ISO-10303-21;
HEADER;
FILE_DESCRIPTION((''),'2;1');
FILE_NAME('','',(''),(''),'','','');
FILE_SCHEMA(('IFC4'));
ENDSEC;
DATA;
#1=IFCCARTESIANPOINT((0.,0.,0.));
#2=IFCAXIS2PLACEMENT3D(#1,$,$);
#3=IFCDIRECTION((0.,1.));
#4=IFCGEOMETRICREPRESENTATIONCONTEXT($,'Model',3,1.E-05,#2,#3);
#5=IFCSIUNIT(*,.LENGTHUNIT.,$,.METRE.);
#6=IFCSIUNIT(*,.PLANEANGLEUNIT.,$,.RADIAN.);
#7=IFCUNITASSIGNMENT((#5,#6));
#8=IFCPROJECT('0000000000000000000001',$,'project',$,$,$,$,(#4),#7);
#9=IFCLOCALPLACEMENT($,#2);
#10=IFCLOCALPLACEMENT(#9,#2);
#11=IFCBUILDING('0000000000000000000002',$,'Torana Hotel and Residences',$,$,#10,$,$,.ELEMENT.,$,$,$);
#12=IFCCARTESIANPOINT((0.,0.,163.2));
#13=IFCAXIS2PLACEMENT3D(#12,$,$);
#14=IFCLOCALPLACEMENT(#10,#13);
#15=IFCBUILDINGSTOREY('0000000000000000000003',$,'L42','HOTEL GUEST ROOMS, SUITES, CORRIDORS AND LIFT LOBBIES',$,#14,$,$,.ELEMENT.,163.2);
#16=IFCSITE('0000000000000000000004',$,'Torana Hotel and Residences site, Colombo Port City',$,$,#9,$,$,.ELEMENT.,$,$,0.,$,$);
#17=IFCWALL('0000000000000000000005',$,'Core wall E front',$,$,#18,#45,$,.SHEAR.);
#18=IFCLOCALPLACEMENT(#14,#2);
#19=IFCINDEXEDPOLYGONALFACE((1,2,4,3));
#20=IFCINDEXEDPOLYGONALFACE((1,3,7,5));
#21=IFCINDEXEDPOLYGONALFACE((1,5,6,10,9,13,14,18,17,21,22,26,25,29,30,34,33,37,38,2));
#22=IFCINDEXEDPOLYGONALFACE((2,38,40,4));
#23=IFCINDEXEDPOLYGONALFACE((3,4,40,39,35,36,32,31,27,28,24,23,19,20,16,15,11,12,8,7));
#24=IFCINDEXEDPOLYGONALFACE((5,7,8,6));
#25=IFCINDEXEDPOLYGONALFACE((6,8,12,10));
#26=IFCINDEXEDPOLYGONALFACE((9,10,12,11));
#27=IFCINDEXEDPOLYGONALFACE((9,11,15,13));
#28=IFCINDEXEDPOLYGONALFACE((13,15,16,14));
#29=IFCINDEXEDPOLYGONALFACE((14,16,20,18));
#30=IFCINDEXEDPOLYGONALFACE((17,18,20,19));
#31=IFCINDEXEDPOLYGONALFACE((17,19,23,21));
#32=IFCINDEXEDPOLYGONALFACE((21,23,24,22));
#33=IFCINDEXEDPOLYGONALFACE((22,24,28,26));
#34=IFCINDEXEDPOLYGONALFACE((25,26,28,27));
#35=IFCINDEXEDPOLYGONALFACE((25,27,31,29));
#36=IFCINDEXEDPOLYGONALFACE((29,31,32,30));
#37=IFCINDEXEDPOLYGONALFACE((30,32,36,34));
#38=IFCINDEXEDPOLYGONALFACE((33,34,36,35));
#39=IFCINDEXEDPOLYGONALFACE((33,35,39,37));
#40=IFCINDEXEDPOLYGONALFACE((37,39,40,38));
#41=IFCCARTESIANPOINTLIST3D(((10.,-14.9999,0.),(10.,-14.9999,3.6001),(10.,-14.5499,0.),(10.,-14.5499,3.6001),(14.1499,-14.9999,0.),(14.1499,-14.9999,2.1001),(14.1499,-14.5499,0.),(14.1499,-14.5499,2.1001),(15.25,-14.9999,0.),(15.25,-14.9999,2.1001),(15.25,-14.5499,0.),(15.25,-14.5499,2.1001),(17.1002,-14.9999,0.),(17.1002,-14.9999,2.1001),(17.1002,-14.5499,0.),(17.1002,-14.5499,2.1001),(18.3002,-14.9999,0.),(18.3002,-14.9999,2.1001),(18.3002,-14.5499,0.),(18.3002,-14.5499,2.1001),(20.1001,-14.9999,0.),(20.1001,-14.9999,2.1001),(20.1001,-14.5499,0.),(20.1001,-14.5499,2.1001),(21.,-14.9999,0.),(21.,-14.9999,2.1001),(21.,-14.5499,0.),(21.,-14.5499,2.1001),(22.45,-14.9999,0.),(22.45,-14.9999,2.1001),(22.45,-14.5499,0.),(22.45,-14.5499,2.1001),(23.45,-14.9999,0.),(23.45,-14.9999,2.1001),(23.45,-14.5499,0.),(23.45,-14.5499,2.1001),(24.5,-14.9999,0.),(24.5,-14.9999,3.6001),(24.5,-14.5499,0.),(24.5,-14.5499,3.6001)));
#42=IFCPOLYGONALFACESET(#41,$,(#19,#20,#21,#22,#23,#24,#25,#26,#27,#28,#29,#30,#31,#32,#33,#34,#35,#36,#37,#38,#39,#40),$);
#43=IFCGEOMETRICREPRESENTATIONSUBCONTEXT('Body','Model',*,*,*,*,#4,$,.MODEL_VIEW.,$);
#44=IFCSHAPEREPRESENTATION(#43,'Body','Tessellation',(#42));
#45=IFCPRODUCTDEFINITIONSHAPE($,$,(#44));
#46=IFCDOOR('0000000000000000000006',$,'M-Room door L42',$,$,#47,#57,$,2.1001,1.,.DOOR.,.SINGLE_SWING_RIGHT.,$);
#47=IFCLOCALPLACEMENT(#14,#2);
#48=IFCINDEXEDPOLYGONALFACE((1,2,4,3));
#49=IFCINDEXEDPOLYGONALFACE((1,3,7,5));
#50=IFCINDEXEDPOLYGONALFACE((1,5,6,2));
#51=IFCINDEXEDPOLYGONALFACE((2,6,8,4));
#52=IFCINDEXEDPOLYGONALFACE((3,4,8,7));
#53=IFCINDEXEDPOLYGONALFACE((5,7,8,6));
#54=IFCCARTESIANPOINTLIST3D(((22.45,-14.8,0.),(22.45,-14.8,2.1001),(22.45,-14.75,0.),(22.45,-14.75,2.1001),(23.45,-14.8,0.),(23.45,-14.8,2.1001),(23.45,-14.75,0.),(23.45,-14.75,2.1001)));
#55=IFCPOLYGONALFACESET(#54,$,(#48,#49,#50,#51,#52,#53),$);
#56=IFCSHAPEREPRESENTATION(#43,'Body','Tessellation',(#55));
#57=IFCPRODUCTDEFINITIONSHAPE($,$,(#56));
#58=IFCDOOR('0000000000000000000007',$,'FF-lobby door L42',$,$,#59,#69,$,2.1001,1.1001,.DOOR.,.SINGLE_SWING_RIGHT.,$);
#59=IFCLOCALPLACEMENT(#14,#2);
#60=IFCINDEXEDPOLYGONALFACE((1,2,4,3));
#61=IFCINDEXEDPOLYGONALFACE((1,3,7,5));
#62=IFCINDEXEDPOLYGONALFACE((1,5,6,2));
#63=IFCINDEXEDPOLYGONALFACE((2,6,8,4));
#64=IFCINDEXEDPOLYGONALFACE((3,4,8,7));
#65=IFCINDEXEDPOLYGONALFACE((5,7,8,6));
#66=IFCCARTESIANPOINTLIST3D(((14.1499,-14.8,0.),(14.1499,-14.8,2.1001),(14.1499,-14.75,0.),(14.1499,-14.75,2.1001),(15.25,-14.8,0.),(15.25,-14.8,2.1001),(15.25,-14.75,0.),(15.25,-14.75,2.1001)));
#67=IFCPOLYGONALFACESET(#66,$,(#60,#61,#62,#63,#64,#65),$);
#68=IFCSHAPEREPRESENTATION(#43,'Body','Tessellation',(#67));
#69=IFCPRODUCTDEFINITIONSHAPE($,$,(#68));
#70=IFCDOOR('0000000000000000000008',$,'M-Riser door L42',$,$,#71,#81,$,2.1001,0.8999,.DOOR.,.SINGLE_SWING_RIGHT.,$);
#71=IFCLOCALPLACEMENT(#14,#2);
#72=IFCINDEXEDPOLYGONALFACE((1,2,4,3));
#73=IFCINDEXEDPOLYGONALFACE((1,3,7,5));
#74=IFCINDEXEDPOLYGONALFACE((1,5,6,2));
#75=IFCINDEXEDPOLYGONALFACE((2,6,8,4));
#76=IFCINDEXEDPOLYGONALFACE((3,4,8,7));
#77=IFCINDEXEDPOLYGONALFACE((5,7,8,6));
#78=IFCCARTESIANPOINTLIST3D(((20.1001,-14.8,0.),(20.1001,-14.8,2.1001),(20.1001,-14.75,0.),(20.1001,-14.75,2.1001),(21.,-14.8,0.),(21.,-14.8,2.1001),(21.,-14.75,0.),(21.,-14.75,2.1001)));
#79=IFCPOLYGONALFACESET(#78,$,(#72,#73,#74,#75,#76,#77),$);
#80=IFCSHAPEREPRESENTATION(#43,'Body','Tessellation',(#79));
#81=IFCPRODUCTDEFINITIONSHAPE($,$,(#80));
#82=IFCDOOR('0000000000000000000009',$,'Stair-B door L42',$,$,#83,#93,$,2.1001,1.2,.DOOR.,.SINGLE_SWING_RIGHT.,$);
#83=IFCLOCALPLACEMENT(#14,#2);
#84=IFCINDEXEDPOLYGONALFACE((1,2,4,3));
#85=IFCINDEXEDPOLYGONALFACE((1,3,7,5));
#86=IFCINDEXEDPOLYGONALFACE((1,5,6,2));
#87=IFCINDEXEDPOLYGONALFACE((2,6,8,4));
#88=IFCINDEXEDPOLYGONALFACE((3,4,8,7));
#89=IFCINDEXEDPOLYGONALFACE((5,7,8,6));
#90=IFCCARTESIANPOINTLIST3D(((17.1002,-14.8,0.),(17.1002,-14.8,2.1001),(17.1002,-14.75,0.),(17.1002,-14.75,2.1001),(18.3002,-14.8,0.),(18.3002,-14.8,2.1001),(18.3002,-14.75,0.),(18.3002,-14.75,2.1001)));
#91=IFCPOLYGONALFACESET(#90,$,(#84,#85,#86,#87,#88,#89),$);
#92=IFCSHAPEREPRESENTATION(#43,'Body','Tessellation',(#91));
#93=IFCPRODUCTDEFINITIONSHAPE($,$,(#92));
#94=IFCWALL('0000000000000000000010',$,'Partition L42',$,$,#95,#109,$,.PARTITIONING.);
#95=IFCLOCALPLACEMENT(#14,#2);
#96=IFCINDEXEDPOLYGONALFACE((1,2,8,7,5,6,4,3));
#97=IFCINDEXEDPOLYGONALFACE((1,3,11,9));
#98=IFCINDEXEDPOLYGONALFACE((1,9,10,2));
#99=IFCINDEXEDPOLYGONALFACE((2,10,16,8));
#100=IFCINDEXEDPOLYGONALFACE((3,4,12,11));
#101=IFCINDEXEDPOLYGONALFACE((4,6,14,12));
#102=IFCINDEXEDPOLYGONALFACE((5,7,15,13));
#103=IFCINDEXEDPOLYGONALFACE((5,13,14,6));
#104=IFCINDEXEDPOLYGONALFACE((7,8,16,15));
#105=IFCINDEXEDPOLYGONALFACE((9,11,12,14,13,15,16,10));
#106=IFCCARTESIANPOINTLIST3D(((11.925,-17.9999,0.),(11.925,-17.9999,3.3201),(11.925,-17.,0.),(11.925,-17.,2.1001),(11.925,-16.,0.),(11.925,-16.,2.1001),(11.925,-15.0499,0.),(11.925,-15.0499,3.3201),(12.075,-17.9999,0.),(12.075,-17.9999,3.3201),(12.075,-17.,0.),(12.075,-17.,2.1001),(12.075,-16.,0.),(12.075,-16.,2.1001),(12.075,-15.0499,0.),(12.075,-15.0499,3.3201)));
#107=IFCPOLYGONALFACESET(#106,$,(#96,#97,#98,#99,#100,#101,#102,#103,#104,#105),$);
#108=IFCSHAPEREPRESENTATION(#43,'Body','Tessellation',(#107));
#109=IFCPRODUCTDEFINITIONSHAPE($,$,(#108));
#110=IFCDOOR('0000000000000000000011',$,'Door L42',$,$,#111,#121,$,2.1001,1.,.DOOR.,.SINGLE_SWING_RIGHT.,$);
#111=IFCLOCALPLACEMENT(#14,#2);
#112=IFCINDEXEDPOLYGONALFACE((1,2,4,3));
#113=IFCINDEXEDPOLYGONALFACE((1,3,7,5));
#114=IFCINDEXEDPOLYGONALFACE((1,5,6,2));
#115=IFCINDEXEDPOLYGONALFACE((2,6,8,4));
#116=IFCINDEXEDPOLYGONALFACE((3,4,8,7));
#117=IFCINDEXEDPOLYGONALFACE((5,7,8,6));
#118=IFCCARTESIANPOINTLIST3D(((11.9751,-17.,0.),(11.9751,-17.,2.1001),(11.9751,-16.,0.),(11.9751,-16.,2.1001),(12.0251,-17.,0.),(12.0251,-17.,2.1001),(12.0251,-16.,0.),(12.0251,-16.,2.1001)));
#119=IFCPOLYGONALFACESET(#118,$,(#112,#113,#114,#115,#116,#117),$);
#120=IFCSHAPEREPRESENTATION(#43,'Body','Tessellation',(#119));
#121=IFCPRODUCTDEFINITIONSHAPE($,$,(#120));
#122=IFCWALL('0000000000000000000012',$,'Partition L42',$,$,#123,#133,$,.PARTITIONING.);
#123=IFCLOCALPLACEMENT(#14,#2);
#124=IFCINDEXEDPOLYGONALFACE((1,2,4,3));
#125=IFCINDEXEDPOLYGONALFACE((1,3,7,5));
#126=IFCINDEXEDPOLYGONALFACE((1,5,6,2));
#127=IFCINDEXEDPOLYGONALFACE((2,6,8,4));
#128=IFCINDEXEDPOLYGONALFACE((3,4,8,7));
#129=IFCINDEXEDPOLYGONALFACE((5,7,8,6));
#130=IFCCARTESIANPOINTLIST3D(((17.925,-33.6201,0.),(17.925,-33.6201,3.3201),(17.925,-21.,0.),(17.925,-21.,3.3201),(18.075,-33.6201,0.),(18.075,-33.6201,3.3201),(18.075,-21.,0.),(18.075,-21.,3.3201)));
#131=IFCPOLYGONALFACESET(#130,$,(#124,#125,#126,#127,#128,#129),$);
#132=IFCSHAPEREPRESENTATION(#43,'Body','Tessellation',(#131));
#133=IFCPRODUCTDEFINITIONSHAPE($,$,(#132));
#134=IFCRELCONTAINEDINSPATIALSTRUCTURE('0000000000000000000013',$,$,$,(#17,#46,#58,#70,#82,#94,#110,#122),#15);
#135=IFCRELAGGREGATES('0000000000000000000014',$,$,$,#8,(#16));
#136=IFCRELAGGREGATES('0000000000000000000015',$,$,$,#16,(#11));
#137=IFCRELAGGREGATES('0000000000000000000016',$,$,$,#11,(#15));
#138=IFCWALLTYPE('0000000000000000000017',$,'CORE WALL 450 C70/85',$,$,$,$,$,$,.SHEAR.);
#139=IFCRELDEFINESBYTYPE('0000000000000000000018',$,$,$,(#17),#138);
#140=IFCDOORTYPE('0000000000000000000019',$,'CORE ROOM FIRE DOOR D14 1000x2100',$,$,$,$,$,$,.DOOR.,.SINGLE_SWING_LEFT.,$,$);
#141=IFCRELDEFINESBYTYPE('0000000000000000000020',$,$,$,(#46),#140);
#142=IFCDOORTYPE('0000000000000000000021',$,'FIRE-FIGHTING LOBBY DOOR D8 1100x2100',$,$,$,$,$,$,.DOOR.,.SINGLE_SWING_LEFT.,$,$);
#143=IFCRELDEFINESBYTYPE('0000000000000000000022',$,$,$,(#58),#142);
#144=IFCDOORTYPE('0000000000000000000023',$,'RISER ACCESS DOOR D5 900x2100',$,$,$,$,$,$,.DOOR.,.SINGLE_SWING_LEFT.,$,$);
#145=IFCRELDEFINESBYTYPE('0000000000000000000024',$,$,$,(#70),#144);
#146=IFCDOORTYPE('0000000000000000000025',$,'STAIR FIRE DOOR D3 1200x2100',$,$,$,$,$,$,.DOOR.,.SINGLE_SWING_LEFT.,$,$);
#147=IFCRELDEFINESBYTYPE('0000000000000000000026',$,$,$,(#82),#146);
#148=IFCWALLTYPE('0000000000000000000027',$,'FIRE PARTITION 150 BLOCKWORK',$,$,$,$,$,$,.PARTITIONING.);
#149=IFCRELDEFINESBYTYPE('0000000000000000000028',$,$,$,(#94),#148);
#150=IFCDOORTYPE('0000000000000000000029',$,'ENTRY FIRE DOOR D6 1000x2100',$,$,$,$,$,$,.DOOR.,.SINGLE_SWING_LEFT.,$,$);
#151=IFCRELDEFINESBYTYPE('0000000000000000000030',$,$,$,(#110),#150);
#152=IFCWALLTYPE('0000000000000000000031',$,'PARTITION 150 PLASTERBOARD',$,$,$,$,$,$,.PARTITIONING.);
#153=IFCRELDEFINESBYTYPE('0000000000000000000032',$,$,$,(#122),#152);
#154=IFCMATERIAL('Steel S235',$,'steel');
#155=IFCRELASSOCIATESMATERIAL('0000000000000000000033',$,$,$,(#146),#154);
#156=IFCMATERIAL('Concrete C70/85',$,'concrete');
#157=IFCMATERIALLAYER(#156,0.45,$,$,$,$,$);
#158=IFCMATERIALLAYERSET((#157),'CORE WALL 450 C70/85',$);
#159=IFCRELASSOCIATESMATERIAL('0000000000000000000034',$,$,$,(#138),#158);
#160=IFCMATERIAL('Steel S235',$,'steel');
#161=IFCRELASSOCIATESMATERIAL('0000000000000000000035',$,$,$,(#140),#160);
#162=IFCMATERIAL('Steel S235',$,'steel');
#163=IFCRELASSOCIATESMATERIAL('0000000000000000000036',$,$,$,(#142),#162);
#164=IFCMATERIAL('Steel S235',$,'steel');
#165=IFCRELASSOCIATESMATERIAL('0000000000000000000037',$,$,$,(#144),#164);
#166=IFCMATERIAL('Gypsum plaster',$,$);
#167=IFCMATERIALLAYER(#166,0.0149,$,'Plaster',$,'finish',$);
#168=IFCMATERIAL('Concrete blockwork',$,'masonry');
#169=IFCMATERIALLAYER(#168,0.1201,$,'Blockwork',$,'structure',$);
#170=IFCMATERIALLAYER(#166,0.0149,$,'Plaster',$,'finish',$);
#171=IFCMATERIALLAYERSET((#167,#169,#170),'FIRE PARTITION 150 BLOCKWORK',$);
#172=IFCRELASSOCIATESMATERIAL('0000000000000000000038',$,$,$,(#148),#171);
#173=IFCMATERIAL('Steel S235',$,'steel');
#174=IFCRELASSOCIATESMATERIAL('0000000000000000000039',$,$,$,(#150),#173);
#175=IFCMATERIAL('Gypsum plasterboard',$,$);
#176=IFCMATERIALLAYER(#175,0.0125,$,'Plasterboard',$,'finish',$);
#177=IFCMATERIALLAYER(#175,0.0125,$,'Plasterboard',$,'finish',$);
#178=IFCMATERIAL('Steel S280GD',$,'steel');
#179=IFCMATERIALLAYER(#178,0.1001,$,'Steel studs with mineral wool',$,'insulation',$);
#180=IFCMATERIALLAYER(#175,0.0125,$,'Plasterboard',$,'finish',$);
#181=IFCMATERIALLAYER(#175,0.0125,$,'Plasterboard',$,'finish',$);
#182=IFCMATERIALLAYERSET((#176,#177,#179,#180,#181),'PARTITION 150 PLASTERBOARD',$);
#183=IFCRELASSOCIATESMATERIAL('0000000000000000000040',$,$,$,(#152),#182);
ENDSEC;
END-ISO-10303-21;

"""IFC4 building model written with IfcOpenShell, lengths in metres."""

from ifc_helpers import new_model, si_unit, direction, frame, frame_2d, origin, place, context, subcontext, project, spatial, rectangle, extrude, material, layer, layer_set, type_object, element, fill, save


model = new_model("IFC4")

# Units and contexts
model_context = context("Model", 3, precision=1e-05, world=origin(), true_north=direction((0.0, 1.0)))
body_context = subcontext(model_context, "Body", "Model", "MODEL_VIEW")
ifc_project = project(units=[si_unit("LENGTHUNIT", "METRE"), si_unit("PLANEANGLEUNIT", "RADIAN")], contexts=[model_context])

# Site, building, storey
site_placement = place(None, origin())
site = spatial("IfcSite", under=ifc_project, at=site_placement, Name="Torana Hotel and Residences site, Colombo Port City", CompositionType="ELEMENT", RefElevation=0.0)
building_placement = place(site_placement, origin())
building = spatial("IfcBuilding", under=site, at=building_placement, Name="Torana Hotel and Residences", CompositionType="ELEMENT")
storey_placement = place(building_placement, frame((0.0, 0.0, 163.2)))
storey = spatial("IfcBuildingStorey", under=building, at=storey_placement, Name="L42", Description="HOTEL GUEST ROOMS, SUITES, CORRIDORS AND LIFT LOBBIES", CompositionType="ELEMENT", Elevation=163.2)

# Shared definitions
ifc_material_1 = material(Name="Steel S235", Category="steel")
door_type_1 = type_object("IfcDoorType", Name="STAIR FIRE DOOR D3 1200x2100", OperationType="SINGLE_SWING_LEFT", PredefinedType="DOOR", material=ifc_material_1)

# Wall, openings, doors
ifc_material_2 = material(Name="Concrete C70/85", Category="concrete")
ifc_layer_1 = layer(ifc_material_2, 0.45)
ifc_layer_set_1 = layer_set([ifc_layer_1], Name="CORE WALL 450 C70/85")
wall_type_1 = type_object("IfcWallType", Name="CORE WALL 450 C70/85", PredefinedType="SHEAR", material=ifc_layer_set_1)
wall_1_placement = place(storey_placement, frame((10.0, -14.7749, 0.0), z_axis=(0.0, 0.0, 1.0), x_axis=(1.0, 0.0, 0.0)))
wall_1 = element("IfcWall", 1, at=wall_1_placement, inside=storey, type_object=wall_type_1, Name="Core wall E front", PredefinedType="SHEAR", context=body_context, shape_type="SweptSolid", body=[
    extrude(rectangle(XDim=14.5, YDim=0.45, at=frame_2d((7.25, 0.0))), origin(), (0.0, 0.0, 1.0), 3.6001),
])
opening_1_placement = place(wall_1_placement, frame((7.1001, 0.0, 0.0)))
opening_1 = element("IfcOpeningElement", 2, at=opening_1_placement, cuts=wall_1, PredefinedType="OPENING", context=body_context, shape_type="SweptSolid", body=[
    extrude(rectangle(XDim=1.2, YDim=2.1001, at=frame_2d((0.6001, 1.05))), frame((0.0, 0.2349, 0.0), z_axis=(0.0, -1.0, 0.0), x_axis=(1.0, 0.0, 0.0)), (0.0, 0.0, 1.0), 0.47),
])
opening_2_placement = place(wall_1_placement, frame((4.1499, 0.0, 0.0)))
opening_2 = element("IfcOpeningElement", 3, at=opening_2_placement, cuts=wall_1, PredefinedType="OPENING", context=body_context, shape_type="SweptSolid", body=[
    extrude(rectangle(XDim=1.1001, YDim=2.1001, at=frame_2d((0.55, 1.05))), frame((0.0, 0.2349, 0.0), z_axis=(0.0, -1.0, 0.0), x_axis=(1.0, 0.0, 0.0)), (0.0, 0.0, 1.0), 0.47),
])
opening_3_placement = place(wall_1_placement, frame((10.1001, 0.0, 0.0)))
opening_3 = element("IfcOpeningElement", 4, at=opening_3_placement, cuts=wall_1, PredefinedType="OPENING", context=body_context, shape_type="SweptSolid", body=[
    extrude(rectangle(XDim=0.8999, YDim=2.1001, at=frame_2d((0.45, 1.05))), frame((0.0, 0.2349, 0.0), z_axis=(0.0, -1.0, 0.0), x_axis=(1.0, 0.0, 0.0)), (0.0, 0.0, 1.0), 0.47),
])
opening_4_placement = place(wall_1_placement, frame((12.45, 0.0, 0.0)))
opening_4 = element("IfcOpeningElement", 5, at=opening_4_placement, cuts=wall_1, PredefinedType="OPENING", context=body_context, shape_type="SweptSolid", body=[
    extrude(rectangle(XDim=1.0, YDim=2.1001, at=frame_2d((0.5, 1.05))), frame((0.0, 0.2349, 0.0), z_axis=(0.0, -1.0, 0.0), x_axis=(1.0, 0.0, 0.0)), (0.0, 0.0, 1.0), 0.47),
])
ifc_material_3 = material(Name="Steel S235", Category="steel")
door_type_2 = type_object("IfcDoorType", Name="CORE ROOM FIRE DOOR D14 1000x2100", OperationType="SINGLE_SWING_LEFT", PredefinedType="DOOR", material=ifc_material_3)
door_1_placement = place(opening_4_placement, origin())
door_1 = element("IfcDoor", 6, at=door_1_placement, inside=storey, type_object=door_type_2, Name="M-Room door L42", OperationType="SINGLE_SWING_RIGHT", OverallHeight=2.1001, OverallWidth=1.0, PredefinedType="DOOR", context=body_context, shape_type="SweptSolid", body=[
    extrude(rectangle(XDim=1.0, YDim=2.1001, at=frame_2d((0.5, 1.05))), frame((0.0, 0.0249, 0.0), z_axis=(0.0, -1.0, 0.0), x_axis=(1.0, 0.0, 0.0)), (0.0, 0.0, 1.0), 0.05),
])
fill(opening_4, door_1)
ifc_material_4 = material(Name="Steel S235", Category="steel")
door_type_3 = type_object("IfcDoorType", Name="FIRE-FIGHTING LOBBY DOOR D8 1100x2100", OperationType="SINGLE_SWING_LEFT", PredefinedType="DOOR", material=ifc_material_4)
door_2_placement = place(opening_2_placement, origin())
door_2 = element("IfcDoor", 7, at=door_2_placement, inside=storey, type_object=door_type_3, Name="FF-lobby door L42", OperationType="SINGLE_SWING_RIGHT", OverallHeight=2.1001, OverallWidth=1.1001, PredefinedType="DOOR", context=body_context, shape_type="SweptSolid", body=[
    extrude(rectangle(XDim=1.1001, YDim=2.1001, at=frame_2d((0.55, 1.05))), frame((0.0, 0.0249, 0.0), z_axis=(0.0, -1.0, 0.0), x_axis=(1.0, 0.0, 0.0)), (0.0, 0.0, 1.0), 0.05),
])
fill(opening_2, door_2)
ifc_material_5 = material(Name="Steel S235", Category="steel")
door_type_4 = type_object("IfcDoorType", Name="RISER ACCESS DOOR D5 900x2100", OperationType="SINGLE_SWING_LEFT", PredefinedType="DOOR", material=ifc_material_5)
door_3_placement = place(opening_3_placement, origin())
door_3 = element("IfcDoor", 8, at=door_3_placement, inside=storey, type_object=door_type_4, Name="M-Riser door L42", OperationType="SINGLE_SWING_RIGHT", OverallHeight=2.1001, OverallWidth=0.8999, PredefinedType="DOOR", context=body_context, shape_type="SweptSolid", body=[
    extrude(rectangle(XDim=0.8999, YDim=2.1001, at=frame_2d((0.45, 1.05))), frame((0.0, 0.0249, 0.0), z_axis=(0.0, -1.0, 0.0), x_axis=(1.0, 0.0, 0.0)), (0.0, 0.0, 1.0), 0.05),
])
fill(opening_3, door_3)
door_4_placement = place(opening_1_placement, origin())
door_4 = element("IfcDoor", 9, at=door_4_placement, inside=storey, type_object=door_type_1, Name="Stair-B door L42", OperationType="SINGLE_SWING_RIGHT", OverallHeight=2.1001, OverallWidth=1.2, PredefinedType="DOOR", context=body_context, shape_type="SweptSolid", body=[
    extrude(rectangle(XDim=1.2, YDim=2.1001, at=frame_2d((0.6001, 1.05))), frame((0.0, 0.0249, 0.0), z_axis=(0.0, -1.0, 0.0), x_axis=(1.0, 0.0, 0.0)), (0.0, 0.0, 1.0), 0.05),
])
fill(opening_1, door_4)

# Wall, opening, door
ifc_material_6 = material(Name="Gypsum plaster")
ifc_layer_2 = layer(ifc_material_6, 0.0149, Name="Plaster", Category="finish")
ifc_material_7 = material(Name="Concrete blockwork", Category="masonry")
ifc_layer_3 = layer(ifc_material_7, 0.1201, Name="Blockwork", Category="structure")
ifc_layer_4 = layer(ifc_material_6, 0.0149, Name="Plaster", Category="finish")
ifc_layer_set_2 = layer_set([ifc_layer_2, ifc_layer_3, ifc_layer_4], Name="FIRE PARTITION 150 BLOCKWORK")
wall_type_2 = type_object("IfcWallType", Name="FIRE PARTITION 150 BLOCKWORK", PredefinedType="PARTITIONING", material=ifc_layer_set_2)
wall_2_placement = place(storey_placement, frame((12.0, -18.0, 0.0), z_axis=(0.0, 0.0, 1.0), x_axis=(0.0, 1.0, 0.0)))
wall_2 = element("IfcWall", 10, at=wall_2_placement, inside=storey, type_object=wall_type_2, Name="Partition L42", PredefinedType="PARTITIONING", context=body_context, shape_type="SweptSolid", body=[
    extrude(rectangle(XDim=2.95, YDim=0.1499, at=frame_2d((1.4751, 0.0))), origin(), (0.0, 0.0, 1.0), 3.3201),
])
opening_5_placement = place(wall_2_placement, frame((1.0, 0.0, 0.0)))
opening_5 = element("IfcOpeningElement", 11, at=opening_5_placement, cuts=wall_2, PredefinedType="OPENING", context=body_context, shape_type="SweptSolid", body=[
    extrude(rectangle(XDim=1.0, YDim=2.1001, at=frame_2d((0.5, 1.05))), frame((0.0, 0.085, 0.0), z_axis=(0.0, -1.0, 0.0), x_axis=(1.0, 0.0, 0.0)), (0.0, 0.0, 1.0), 0.1699),
])
ifc_material_8 = material(Name="Steel S235", Category="steel")
door_type_5 = type_object("IfcDoorType", Name="ENTRY FIRE DOOR D6 1000x2100", OperationType="SINGLE_SWING_LEFT", PredefinedType="DOOR", material=ifc_material_8)
door_5_placement = place(opening_5_placement, origin())
door_5 = element("IfcDoor", 12, at=door_5_placement, inside=storey, type_object=door_type_5, Name="Door L42", OperationType="SINGLE_SWING_RIGHT", OverallHeight=2.1001, OverallWidth=1.0, PredefinedType="DOOR", context=body_context, shape_type="SweptSolid", body=[
    extrude(rectangle(XDim=1.0, YDim=2.1001, at=frame_2d((0.5, 1.05))), frame((0.0, 0.0249, 0.0), z_axis=(0.0, -1.0, 0.0), x_axis=(1.0, 0.0, 0.0)), (0.0, 0.0, 1.0), 0.05),
])
fill(opening_5, door_5)

# Wall
ifc_material_9 = material(Name="Gypsum plasterboard")
ifc_layer_5 = layer(ifc_material_9, 0.0125, Name="Plasterboard", Category="finish")
ifc_layer_6 = layer(ifc_material_9, 0.0125, Name="Plasterboard", Category="finish")
ifc_material_10 = material(Name="Steel S280GD", Category="steel")
ifc_layer_7 = layer(ifc_material_10, 0.1001, Name="Steel studs with mineral wool", Category="insulation")
ifc_layer_8 = layer(ifc_material_9, 0.0125, Name="Plasterboard", Category="finish")
ifc_layer_9 = layer(ifc_material_9, 0.0125, Name="Plasterboard", Category="finish")
ifc_layer_set_3 = layer_set([ifc_layer_5, ifc_layer_6, ifc_layer_7, ifc_layer_8, ifc_layer_9], Name="PARTITION 150 PLASTERBOARD")
wall_type_3 = type_object("IfcWallType", Name="PARTITION 150 PLASTERBOARD", PredefinedType="PARTITIONING", material=ifc_layer_set_3)
wall_3_placement = place(storey_placement, frame((18.0, -33.6201, 0.0), z_axis=(0.0, 0.0, 1.0), x_axis=(0.0, 1.0, 0.0)))
element("IfcWall", 13, at=wall_3_placement, inside=storey, type_object=wall_type_3, Name="Partition L42", PredefinedType="PARTITIONING", context=body_context, shape_type="SweptSolid", body=[
    extrude(rectangle(XDim=12.6201, YDim=0.1499, at=frame_2d((6.3101, 0.0))), origin(), (0.0, 0.0, 1.0), 3.3201),
])

save(model, "model.ifc")
